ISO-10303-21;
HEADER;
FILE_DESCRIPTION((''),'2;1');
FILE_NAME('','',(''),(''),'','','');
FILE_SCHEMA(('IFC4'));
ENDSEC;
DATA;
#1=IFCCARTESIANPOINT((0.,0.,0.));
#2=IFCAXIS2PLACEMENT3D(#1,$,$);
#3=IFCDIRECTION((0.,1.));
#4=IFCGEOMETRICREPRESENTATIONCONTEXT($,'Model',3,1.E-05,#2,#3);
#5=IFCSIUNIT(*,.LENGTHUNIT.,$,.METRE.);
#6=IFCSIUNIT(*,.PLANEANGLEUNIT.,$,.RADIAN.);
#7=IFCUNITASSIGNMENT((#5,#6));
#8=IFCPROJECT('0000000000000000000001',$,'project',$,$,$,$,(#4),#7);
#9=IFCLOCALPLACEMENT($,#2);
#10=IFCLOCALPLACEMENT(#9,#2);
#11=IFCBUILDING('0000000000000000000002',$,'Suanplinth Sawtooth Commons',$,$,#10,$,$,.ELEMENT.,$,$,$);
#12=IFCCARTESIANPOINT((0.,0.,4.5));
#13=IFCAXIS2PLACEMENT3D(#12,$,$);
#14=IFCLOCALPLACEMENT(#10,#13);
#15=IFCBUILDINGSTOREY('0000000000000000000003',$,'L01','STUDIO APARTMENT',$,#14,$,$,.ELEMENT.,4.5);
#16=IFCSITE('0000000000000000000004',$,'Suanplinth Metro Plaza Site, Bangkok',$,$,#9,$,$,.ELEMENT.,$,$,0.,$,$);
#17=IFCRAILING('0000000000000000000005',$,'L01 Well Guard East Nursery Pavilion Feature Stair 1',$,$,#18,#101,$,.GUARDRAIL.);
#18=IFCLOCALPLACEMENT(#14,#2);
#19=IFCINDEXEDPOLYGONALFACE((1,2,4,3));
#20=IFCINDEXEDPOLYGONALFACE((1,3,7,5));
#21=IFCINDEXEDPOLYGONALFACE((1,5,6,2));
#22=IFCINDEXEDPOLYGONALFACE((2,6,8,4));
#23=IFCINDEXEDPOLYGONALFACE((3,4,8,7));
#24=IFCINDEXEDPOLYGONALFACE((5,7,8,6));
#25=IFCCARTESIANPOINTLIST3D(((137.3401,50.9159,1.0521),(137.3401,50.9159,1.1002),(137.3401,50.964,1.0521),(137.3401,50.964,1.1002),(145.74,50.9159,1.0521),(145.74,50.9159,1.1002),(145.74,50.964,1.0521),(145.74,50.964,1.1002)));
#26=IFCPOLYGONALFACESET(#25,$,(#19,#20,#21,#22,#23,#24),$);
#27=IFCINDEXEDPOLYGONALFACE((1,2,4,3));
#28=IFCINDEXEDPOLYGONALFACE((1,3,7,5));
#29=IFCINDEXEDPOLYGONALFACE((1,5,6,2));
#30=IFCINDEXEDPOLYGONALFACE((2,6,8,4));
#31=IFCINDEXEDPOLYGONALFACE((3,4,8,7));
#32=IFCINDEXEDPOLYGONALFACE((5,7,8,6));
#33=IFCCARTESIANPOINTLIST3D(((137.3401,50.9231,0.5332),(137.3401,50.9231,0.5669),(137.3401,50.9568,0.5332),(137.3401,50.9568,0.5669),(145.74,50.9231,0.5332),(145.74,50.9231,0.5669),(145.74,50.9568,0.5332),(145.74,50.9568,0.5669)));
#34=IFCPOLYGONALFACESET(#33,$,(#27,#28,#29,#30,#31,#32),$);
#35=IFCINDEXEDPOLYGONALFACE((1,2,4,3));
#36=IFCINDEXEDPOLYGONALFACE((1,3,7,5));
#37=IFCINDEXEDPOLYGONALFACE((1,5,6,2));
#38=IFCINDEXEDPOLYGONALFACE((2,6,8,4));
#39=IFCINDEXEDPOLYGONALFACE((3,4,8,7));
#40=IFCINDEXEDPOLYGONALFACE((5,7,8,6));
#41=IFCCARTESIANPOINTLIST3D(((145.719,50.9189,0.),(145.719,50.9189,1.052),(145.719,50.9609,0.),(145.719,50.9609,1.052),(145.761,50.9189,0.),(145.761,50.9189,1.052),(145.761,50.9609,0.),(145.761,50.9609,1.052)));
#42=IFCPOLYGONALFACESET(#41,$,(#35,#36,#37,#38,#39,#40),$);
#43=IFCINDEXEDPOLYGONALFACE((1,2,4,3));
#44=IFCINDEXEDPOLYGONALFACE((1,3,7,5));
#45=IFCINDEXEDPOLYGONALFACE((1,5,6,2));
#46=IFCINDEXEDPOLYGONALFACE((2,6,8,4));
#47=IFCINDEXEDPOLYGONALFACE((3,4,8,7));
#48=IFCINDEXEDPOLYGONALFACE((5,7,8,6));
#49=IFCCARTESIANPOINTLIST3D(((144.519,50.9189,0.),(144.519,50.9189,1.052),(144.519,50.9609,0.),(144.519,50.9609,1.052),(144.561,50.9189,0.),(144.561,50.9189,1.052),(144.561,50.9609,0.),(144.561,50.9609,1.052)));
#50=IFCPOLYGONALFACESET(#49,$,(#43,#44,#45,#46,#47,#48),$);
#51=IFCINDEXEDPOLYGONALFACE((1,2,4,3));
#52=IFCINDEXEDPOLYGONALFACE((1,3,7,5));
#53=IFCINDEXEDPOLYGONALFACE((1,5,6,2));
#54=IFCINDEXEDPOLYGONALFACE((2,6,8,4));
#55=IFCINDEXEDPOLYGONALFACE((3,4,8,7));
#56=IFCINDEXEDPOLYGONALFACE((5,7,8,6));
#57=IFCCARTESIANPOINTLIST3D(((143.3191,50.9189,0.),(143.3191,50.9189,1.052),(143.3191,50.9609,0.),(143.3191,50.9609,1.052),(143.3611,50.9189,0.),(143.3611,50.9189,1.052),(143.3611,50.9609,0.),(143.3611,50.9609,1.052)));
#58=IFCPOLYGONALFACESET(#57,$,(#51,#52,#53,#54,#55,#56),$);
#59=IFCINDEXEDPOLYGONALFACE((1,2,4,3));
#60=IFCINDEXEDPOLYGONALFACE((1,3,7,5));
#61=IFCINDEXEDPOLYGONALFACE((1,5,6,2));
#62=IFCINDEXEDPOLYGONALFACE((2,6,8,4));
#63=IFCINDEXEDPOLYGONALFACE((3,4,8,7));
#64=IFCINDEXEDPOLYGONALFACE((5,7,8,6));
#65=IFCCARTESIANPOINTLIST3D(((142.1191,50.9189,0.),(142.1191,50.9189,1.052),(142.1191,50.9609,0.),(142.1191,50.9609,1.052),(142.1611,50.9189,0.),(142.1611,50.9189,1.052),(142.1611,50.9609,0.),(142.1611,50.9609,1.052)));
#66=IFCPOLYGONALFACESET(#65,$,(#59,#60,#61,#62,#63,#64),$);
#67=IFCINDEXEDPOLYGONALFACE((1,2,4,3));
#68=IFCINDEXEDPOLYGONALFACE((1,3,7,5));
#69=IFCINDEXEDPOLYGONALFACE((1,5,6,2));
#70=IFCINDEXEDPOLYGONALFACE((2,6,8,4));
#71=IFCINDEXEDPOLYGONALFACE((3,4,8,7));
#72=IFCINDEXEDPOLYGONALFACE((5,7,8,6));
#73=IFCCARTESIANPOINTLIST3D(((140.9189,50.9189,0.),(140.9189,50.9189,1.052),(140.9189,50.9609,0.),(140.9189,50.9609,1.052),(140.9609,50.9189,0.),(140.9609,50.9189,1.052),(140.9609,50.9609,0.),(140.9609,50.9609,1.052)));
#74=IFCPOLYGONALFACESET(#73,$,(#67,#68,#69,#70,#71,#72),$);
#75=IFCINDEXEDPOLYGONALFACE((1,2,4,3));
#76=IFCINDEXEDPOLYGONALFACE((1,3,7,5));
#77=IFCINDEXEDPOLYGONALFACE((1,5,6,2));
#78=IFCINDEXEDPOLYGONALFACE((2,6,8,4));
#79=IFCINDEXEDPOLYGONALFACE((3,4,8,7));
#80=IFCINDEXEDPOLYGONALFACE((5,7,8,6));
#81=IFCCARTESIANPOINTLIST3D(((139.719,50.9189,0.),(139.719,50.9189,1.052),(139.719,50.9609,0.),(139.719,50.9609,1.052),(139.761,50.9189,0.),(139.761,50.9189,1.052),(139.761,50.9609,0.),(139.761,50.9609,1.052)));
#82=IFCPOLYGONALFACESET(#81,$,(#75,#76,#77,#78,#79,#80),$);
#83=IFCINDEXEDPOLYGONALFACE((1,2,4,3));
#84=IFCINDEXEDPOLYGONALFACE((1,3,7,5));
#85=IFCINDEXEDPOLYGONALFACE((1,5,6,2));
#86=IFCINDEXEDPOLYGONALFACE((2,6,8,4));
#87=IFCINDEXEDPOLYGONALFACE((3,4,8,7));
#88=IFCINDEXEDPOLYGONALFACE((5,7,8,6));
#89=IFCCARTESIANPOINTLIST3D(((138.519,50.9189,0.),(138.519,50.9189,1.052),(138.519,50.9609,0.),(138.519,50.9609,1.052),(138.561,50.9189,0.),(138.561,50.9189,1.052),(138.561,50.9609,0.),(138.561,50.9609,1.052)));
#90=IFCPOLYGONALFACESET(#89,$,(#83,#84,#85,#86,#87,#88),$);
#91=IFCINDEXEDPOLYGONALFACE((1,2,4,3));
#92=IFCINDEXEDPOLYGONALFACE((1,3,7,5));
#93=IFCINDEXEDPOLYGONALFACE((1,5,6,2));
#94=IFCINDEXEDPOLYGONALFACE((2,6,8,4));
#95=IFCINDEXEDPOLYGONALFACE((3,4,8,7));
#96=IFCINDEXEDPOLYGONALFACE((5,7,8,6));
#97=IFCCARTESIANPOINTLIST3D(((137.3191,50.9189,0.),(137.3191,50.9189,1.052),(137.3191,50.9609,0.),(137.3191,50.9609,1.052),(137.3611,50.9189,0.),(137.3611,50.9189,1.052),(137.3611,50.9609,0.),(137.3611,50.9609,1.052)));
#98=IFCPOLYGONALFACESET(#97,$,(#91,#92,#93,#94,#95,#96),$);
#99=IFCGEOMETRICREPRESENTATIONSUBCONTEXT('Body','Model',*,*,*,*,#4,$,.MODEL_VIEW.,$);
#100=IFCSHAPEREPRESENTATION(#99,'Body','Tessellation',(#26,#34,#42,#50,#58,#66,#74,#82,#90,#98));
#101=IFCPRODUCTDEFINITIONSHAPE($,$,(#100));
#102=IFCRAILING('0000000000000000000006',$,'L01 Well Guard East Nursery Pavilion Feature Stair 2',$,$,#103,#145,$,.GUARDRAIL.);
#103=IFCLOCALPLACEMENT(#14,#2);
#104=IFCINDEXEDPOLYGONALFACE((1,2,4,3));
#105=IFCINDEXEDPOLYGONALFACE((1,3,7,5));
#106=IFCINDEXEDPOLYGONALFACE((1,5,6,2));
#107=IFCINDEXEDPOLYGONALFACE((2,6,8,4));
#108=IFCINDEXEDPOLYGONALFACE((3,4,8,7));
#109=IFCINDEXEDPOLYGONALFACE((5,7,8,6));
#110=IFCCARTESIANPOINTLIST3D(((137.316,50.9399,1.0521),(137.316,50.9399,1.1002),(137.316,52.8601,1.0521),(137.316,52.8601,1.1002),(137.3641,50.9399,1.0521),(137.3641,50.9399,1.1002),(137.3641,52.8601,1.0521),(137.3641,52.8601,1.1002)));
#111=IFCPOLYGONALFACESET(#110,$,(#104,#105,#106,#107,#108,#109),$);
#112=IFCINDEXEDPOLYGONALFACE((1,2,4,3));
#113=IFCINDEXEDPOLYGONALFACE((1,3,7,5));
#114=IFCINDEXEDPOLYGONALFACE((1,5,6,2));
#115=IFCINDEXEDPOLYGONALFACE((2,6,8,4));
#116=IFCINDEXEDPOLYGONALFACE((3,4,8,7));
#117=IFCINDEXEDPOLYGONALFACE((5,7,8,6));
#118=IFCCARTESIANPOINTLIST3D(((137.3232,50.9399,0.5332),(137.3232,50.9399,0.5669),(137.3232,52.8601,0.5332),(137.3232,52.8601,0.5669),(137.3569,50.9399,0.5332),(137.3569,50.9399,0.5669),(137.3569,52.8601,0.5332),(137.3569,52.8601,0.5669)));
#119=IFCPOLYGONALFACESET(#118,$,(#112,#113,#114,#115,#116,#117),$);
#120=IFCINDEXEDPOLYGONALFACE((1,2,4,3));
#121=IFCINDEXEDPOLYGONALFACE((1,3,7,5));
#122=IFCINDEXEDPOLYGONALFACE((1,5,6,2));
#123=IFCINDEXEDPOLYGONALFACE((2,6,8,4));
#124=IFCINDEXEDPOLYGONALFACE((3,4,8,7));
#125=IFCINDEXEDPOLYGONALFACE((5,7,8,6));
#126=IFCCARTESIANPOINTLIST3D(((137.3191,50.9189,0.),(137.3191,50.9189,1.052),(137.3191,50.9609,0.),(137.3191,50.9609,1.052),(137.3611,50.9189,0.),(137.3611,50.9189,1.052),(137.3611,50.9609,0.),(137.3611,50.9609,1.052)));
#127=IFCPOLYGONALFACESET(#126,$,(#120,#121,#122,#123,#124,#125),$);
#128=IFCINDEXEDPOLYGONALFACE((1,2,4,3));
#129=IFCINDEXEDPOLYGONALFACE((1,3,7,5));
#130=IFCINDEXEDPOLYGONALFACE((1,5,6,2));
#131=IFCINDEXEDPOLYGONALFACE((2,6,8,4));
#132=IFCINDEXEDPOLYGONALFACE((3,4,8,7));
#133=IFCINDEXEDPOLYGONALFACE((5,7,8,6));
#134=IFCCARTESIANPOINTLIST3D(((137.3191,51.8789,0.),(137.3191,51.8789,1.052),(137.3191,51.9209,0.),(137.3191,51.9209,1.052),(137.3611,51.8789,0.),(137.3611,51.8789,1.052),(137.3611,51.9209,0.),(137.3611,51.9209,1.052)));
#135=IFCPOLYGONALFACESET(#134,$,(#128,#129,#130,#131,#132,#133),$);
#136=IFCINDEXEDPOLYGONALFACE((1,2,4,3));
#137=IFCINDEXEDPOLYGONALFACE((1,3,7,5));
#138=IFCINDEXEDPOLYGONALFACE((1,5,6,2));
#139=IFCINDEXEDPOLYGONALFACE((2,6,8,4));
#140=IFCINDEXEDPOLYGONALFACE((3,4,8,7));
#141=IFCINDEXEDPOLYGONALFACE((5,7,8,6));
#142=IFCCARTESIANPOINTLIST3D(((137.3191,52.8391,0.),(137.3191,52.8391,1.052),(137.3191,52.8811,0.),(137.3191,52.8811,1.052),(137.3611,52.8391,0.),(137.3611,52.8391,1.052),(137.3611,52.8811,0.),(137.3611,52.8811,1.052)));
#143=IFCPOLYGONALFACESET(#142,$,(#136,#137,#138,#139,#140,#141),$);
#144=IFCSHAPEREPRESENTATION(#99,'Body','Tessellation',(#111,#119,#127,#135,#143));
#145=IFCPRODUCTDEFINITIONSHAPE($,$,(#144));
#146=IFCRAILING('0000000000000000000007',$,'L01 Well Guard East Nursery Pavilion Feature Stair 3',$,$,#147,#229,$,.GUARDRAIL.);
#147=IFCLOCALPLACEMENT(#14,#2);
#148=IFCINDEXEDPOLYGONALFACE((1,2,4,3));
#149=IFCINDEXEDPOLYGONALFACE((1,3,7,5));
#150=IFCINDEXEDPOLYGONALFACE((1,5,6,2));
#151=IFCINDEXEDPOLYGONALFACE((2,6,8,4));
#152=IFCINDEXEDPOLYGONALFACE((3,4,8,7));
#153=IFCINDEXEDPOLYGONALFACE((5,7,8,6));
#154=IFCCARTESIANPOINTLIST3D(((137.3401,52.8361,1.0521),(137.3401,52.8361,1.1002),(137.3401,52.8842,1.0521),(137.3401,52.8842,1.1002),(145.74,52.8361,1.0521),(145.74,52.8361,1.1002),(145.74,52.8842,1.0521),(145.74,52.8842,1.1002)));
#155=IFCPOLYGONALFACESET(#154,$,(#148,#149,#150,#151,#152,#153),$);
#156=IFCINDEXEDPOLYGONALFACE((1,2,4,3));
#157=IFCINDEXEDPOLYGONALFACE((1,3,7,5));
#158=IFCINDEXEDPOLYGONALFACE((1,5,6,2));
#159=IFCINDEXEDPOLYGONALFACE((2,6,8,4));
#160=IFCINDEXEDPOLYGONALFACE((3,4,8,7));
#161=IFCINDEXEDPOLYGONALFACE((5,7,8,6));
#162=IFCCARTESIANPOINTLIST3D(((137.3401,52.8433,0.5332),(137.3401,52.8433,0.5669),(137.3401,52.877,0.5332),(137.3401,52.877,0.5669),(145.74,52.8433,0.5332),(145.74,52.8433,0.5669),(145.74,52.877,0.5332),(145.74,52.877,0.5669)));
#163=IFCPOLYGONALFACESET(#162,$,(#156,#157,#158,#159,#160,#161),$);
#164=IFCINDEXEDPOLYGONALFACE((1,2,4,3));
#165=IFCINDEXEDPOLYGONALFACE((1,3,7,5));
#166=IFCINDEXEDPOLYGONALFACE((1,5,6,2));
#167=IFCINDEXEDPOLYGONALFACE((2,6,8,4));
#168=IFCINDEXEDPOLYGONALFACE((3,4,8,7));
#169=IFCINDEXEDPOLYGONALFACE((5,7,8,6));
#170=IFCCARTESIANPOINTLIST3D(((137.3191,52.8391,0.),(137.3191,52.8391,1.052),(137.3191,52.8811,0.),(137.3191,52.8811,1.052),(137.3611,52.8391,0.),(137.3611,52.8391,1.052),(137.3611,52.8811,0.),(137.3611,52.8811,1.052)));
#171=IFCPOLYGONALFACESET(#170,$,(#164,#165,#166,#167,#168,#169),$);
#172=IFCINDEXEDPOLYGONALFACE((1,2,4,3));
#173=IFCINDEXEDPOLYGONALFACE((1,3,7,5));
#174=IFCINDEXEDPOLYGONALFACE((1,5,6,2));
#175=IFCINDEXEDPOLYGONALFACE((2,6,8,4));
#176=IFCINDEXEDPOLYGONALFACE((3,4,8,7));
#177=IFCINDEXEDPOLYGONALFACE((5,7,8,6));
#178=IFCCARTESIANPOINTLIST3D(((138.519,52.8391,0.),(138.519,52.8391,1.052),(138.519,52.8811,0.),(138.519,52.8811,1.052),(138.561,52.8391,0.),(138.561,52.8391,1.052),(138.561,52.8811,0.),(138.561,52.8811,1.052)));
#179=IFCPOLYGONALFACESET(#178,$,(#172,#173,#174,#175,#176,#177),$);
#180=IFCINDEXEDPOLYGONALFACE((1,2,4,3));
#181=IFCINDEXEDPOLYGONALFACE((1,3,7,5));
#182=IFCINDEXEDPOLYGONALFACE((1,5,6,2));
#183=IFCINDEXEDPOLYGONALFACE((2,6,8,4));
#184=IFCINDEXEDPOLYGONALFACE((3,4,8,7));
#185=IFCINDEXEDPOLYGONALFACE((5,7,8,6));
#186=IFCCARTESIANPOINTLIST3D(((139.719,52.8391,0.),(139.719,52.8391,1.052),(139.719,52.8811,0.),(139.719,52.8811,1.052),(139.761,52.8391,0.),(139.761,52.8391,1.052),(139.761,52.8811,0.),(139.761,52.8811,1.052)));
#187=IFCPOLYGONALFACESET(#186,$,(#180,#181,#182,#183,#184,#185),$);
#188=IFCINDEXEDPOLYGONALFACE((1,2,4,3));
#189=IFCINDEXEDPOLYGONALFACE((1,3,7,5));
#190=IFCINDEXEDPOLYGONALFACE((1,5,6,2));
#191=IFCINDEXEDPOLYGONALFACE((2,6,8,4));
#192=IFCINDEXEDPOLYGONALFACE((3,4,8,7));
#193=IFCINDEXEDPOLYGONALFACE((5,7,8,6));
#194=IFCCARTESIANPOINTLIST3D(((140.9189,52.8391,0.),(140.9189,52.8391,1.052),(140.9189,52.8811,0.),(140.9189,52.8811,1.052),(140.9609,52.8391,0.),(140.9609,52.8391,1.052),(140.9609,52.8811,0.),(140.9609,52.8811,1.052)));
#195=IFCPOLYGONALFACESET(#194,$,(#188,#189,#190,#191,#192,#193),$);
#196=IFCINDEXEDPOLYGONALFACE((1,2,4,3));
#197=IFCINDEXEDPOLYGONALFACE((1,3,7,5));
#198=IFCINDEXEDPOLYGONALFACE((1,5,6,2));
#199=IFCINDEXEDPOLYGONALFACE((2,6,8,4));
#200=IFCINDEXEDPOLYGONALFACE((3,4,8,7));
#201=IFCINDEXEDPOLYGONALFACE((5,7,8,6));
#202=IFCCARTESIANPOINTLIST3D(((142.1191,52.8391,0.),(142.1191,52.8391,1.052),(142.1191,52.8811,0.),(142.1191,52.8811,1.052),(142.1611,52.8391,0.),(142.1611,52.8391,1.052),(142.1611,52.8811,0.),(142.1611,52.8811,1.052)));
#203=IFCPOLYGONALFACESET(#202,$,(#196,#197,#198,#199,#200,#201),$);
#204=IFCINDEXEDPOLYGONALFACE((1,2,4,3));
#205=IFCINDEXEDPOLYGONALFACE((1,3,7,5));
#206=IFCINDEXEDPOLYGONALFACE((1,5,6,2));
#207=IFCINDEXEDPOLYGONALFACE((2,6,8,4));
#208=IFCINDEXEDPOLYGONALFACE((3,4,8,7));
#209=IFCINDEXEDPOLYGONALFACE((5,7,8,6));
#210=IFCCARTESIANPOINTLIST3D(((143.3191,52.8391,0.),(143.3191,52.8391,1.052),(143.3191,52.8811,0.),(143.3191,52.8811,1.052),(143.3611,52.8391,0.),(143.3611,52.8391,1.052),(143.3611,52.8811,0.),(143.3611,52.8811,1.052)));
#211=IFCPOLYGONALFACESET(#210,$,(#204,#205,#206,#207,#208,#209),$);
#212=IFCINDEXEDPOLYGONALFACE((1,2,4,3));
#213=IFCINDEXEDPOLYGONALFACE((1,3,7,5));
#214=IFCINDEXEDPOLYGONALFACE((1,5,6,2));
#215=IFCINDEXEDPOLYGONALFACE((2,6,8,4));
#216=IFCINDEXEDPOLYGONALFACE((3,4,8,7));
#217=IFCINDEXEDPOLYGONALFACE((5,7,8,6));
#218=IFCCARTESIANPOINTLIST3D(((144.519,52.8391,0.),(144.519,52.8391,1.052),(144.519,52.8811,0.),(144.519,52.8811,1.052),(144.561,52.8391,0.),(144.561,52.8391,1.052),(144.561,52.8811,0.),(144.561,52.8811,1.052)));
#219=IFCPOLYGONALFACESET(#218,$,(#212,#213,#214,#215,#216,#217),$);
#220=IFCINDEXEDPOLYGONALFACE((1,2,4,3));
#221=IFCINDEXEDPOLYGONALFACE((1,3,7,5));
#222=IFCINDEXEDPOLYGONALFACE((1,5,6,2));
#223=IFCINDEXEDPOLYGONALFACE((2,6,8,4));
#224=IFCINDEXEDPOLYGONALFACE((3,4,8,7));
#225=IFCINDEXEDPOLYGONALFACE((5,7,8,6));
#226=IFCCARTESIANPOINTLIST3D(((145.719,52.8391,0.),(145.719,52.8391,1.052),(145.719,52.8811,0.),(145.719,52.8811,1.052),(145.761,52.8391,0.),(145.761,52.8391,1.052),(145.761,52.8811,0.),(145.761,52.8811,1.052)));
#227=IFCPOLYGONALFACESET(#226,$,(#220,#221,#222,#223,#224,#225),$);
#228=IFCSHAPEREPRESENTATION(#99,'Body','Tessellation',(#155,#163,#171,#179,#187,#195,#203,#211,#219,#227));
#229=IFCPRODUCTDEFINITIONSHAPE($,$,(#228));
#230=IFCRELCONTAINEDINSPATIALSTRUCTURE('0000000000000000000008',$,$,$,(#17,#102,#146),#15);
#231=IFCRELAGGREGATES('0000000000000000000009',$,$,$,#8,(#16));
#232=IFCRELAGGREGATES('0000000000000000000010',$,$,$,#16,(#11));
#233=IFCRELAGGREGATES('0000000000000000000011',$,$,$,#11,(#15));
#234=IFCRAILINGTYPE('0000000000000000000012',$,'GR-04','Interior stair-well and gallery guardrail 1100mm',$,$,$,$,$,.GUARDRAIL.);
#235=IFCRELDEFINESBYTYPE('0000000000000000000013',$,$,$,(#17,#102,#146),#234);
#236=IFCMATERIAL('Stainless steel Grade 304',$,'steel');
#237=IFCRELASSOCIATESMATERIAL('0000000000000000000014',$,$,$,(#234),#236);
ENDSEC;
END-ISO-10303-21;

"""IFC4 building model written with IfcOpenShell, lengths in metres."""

from ifc_helpers import new_model, si_unit, direction, frame, origin, origin_2d, place, context, subcontext, project, spatial, rectangle, extrude, material, type_object, element, save


model = new_model("IFC4")

# Units and contexts
model_context = context("Model", 3, precision=1e-05, world=origin(), true_north=direction((0.0, 1.0)))
body_context = subcontext(model_context, "Body", "Model", "MODEL_VIEW")
ifc_project = project(units=[si_unit("LENGTHUNIT", "METRE"), si_unit("PLANEANGLEUNIT", "RADIAN")], contexts=[model_context])

# Site, building, storey
site_placement = place(None, origin())
site = spatial("IfcSite", under=ifc_project, at=site_placement, Name="Suanplinth Metro Plaza Site, Bangkok", CompositionType="ELEMENT", RefElevation=0.0)
building_placement = place(site_placement, origin())
building = spatial("IfcBuilding", under=site, at=building_placement, Name="Suanplinth Sawtooth Commons", CompositionType="ELEMENT")
storey_placement = place(building_placement, frame((0.0, 0.0, 4.5)))
storey = spatial("IfcBuildingStorey", under=building, at=storey_placement, Name="L01", Description="STUDIO APARTMENT", CompositionType="ELEMENT", Elevation=4.5)

# Railings
ifc_material_1 = material(Name="Stainless steel Grade 304", Category="steel")
railing_type = type_object("IfcRailingType", Name="GR-04", Description="Interior stair-well and gallery guardrail 1100mm", PredefinedType="GUARDRAIL", material=ifc_material_1)
railing_1_placement = place(storey_placement, frame((145.74, 50.9399, 0.0)))
element("IfcRailing", 1, at=railing_1_placement, inside=storey, type_object=railing_type, Name="L01 Well Guard East Nursery Pavilion Feature Stair 1", PredefinedType="GUARDRAIL", context=body_context, shape_type="SweptSolid", body=[
    extrude(rectangle(XDim=0.0481, YDim=0.0481, at=origin_2d()), frame((0.0, 0.0, 1.0762), z_axis=(-1.0, 0.0, 0.0), x_axis=(0.0, -1.0, 0.0)), (0.0, 0.0, 1.0), 8.3999),
    extrude(rectangle(XDim=0.0337, YDim=0.0337, at=origin_2d()), frame((0.0, 0.0, 0.55), z_axis=(-1.0, 0.0, 0.0), x_axis=(0.0, -1.0, 0.0)), (0.0, 0.0, 1.0), 8.3999),
    extrude(rectangle(XDim=0.042, YDim=0.042, at=origin_2d()), origin(), (0.0, 0.0, 1.0), 1.052),
    extrude(rectangle(XDim=0.042, YDim=0.042, at=origin_2d()), frame((-1.2, 0.0, 0.0)), (0.0, 0.0, 1.0), 1.052),
    extrude(rectangle(XDim=0.042, YDim=0.042, at=origin_2d()), frame((-2.3999, 0.0, 0.0)), (0.0, 0.0, 1.0), 1.052),
    extrude(rectangle(XDim=0.042, YDim=0.042, at=origin_2d()), frame((-3.5999, 0.0, 0.0)), (0.0, 0.0, 1.0), 1.052),
    extrude(rectangle(XDim=0.042, YDim=0.042, at=origin_2d()), frame((-4.8, 0.0, 0.0)), (0.0, 0.0, 1.0), 1.052),
    extrude(rectangle(XDim=0.042, YDim=0.042, at=origin_2d()), frame((-6.0, 0.0, 0.0)), (0.0, 0.0, 1.0), 1.052),
    extrude(rectangle(XDim=0.042, YDim=0.042, at=origin_2d()), frame((-7.2, 0.0, 0.0)), (0.0, 0.0, 1.0), 1.052),
    extrude(rectangle(XDim=0.042, YDim=0.042, at=origin_2d()), frame((-8.3999, 0.0, 0.0)), (0.0, 0.0, 1.0), 1.052),
])
railing_2_placement = place(storey_placement, frame((137.3401, 50.9399, 0.0)))
element("IfcRailing", 2, at=railing_2_placement, inside=storey, type_object=railing_type, Name="L01 Well Guard East Nursery Pavilion Feature Stair 2", PredefinedType="GUARDRAIL", context=body_context, shape_type="SweptSolid", body=[
    extrude(rectangle(XDim=0.0481, YDim=0.0481, at=origin_2d()), frame((0.0, 0.0, 1.0762), z_axis=(0.0, 1.0, 0.0), x_axis=(-1.0, 0.0, 0.0)), (0.0, 0.0, 1.0), 1.9202),
    extrude(rectangle(XDim=0.0337, YDim=0.0337, at=origin_2d()), frame((0.0, 0.0, 0.55), z_axis=(0.0, 1.0, 0.0), x_axis=(-1.0, 0.0, 0.0)), (0.0, 0.0, 1.0), 1.9202),
    extrude(rectangle(XDim=0.042, YDim=0.042, at=origin_2d()), origin(), (0.0, 0.0, 1.0), 1.052),
    extrude(rectangle(XDim=0.042, YDim=0.042, at=origin_2d()), frame((0.0, 0.96, 0.0)), (0.0, 0.0, 1.0), 1.052),
    extrude(rectangle(XDim=0.042, YDim=0.042, at=origin_2d()), frame((0.0, 1.9202, 0.0)), (0.0, 0.0, 1.0), 1.052),
])
railing_3_placement = place(storey_placement, frame((137.3401, 52.8601, 0.0)))
element("IfcRailing", 3, at=railing_3_placement, inside=storey, type_object=railing_type, Name="L01 Well Guard East Nursery Pavilion Feature Stair 3", PredefinedType="GUARDRAIL", context=body_context, shape_type="SweptSolid", body=[
    extrude(rectangle(XDim=0.0481, YDim=0.0481, at=origin_2d()), frame((0.0, 0.0, 1.0762), z_axis=(1.0, 0.0, 0.0), x_axis=(0.0, 1.0, 0.0)), (0.0, 0.0, 1.0), 8.3999),
    extrude(rectangle(XDim=0.0337, YDim=0.0337, at=origin_2d()), frame((0.0, 0.0, 0.55), z_axis=(1.0, 0.0, 0.0), x_axis=(0.0, 1.0, 0.0)), (0.0, 0.0, 1.0), 8.3999),
    extrude(rectangle(XDim=0.042, YDim=0.042, at=origin_2d()), origin(), (0.0, 0.0, 1.0), 1.052),
    extrude(rectangle(XDim=0.042, YDim=0.042, at=origin_2d()), frame((1.2, 0.0, 0.0)), (0.0, 0.0, 1.0), 1.052),
    extrude(rectangle(XDim=0.042, YDim=0.042, at=origin_2d()), frame((2.3999, 0.0, 0.0)), (0.0, 0.0, 1.0), 1.052),
    extrude(rectangle(XDim=0.042, YDim=0.042, at=origin_2d()), frame((3.5999, 0.0, 0.0)), (0.0, 0.0, 1.0), 1.052),
    extrude(rectangle(XDim=0.042, YDim=0.042, at=origin_2d()), frame((4.8, 0.0, 0.0)), (0.0, 0.0, 1.0), 1.052),
    extrude(rectangle(XDim=0.042, YDim=0.042, at=origin_2d()), frame((6.0, 0.0, 0.0)), (0.0, 0.0, 1.0), 1.052),
    extrude(rectangle(XDim=0.042, YDim=0.042, at=origin_2d()), frame((7.2, 0.0, 0.0)), (0.0, 0.0, 1.0), 1.052),
    extrude(rectangle(XDim=0.042, YDim=0.042, at=origin_2d()), frame((8.3999, 0.0, 0.0)), (0.0, 0.0, 1.0), 1.052),
])

save(model, "model.ifc")
